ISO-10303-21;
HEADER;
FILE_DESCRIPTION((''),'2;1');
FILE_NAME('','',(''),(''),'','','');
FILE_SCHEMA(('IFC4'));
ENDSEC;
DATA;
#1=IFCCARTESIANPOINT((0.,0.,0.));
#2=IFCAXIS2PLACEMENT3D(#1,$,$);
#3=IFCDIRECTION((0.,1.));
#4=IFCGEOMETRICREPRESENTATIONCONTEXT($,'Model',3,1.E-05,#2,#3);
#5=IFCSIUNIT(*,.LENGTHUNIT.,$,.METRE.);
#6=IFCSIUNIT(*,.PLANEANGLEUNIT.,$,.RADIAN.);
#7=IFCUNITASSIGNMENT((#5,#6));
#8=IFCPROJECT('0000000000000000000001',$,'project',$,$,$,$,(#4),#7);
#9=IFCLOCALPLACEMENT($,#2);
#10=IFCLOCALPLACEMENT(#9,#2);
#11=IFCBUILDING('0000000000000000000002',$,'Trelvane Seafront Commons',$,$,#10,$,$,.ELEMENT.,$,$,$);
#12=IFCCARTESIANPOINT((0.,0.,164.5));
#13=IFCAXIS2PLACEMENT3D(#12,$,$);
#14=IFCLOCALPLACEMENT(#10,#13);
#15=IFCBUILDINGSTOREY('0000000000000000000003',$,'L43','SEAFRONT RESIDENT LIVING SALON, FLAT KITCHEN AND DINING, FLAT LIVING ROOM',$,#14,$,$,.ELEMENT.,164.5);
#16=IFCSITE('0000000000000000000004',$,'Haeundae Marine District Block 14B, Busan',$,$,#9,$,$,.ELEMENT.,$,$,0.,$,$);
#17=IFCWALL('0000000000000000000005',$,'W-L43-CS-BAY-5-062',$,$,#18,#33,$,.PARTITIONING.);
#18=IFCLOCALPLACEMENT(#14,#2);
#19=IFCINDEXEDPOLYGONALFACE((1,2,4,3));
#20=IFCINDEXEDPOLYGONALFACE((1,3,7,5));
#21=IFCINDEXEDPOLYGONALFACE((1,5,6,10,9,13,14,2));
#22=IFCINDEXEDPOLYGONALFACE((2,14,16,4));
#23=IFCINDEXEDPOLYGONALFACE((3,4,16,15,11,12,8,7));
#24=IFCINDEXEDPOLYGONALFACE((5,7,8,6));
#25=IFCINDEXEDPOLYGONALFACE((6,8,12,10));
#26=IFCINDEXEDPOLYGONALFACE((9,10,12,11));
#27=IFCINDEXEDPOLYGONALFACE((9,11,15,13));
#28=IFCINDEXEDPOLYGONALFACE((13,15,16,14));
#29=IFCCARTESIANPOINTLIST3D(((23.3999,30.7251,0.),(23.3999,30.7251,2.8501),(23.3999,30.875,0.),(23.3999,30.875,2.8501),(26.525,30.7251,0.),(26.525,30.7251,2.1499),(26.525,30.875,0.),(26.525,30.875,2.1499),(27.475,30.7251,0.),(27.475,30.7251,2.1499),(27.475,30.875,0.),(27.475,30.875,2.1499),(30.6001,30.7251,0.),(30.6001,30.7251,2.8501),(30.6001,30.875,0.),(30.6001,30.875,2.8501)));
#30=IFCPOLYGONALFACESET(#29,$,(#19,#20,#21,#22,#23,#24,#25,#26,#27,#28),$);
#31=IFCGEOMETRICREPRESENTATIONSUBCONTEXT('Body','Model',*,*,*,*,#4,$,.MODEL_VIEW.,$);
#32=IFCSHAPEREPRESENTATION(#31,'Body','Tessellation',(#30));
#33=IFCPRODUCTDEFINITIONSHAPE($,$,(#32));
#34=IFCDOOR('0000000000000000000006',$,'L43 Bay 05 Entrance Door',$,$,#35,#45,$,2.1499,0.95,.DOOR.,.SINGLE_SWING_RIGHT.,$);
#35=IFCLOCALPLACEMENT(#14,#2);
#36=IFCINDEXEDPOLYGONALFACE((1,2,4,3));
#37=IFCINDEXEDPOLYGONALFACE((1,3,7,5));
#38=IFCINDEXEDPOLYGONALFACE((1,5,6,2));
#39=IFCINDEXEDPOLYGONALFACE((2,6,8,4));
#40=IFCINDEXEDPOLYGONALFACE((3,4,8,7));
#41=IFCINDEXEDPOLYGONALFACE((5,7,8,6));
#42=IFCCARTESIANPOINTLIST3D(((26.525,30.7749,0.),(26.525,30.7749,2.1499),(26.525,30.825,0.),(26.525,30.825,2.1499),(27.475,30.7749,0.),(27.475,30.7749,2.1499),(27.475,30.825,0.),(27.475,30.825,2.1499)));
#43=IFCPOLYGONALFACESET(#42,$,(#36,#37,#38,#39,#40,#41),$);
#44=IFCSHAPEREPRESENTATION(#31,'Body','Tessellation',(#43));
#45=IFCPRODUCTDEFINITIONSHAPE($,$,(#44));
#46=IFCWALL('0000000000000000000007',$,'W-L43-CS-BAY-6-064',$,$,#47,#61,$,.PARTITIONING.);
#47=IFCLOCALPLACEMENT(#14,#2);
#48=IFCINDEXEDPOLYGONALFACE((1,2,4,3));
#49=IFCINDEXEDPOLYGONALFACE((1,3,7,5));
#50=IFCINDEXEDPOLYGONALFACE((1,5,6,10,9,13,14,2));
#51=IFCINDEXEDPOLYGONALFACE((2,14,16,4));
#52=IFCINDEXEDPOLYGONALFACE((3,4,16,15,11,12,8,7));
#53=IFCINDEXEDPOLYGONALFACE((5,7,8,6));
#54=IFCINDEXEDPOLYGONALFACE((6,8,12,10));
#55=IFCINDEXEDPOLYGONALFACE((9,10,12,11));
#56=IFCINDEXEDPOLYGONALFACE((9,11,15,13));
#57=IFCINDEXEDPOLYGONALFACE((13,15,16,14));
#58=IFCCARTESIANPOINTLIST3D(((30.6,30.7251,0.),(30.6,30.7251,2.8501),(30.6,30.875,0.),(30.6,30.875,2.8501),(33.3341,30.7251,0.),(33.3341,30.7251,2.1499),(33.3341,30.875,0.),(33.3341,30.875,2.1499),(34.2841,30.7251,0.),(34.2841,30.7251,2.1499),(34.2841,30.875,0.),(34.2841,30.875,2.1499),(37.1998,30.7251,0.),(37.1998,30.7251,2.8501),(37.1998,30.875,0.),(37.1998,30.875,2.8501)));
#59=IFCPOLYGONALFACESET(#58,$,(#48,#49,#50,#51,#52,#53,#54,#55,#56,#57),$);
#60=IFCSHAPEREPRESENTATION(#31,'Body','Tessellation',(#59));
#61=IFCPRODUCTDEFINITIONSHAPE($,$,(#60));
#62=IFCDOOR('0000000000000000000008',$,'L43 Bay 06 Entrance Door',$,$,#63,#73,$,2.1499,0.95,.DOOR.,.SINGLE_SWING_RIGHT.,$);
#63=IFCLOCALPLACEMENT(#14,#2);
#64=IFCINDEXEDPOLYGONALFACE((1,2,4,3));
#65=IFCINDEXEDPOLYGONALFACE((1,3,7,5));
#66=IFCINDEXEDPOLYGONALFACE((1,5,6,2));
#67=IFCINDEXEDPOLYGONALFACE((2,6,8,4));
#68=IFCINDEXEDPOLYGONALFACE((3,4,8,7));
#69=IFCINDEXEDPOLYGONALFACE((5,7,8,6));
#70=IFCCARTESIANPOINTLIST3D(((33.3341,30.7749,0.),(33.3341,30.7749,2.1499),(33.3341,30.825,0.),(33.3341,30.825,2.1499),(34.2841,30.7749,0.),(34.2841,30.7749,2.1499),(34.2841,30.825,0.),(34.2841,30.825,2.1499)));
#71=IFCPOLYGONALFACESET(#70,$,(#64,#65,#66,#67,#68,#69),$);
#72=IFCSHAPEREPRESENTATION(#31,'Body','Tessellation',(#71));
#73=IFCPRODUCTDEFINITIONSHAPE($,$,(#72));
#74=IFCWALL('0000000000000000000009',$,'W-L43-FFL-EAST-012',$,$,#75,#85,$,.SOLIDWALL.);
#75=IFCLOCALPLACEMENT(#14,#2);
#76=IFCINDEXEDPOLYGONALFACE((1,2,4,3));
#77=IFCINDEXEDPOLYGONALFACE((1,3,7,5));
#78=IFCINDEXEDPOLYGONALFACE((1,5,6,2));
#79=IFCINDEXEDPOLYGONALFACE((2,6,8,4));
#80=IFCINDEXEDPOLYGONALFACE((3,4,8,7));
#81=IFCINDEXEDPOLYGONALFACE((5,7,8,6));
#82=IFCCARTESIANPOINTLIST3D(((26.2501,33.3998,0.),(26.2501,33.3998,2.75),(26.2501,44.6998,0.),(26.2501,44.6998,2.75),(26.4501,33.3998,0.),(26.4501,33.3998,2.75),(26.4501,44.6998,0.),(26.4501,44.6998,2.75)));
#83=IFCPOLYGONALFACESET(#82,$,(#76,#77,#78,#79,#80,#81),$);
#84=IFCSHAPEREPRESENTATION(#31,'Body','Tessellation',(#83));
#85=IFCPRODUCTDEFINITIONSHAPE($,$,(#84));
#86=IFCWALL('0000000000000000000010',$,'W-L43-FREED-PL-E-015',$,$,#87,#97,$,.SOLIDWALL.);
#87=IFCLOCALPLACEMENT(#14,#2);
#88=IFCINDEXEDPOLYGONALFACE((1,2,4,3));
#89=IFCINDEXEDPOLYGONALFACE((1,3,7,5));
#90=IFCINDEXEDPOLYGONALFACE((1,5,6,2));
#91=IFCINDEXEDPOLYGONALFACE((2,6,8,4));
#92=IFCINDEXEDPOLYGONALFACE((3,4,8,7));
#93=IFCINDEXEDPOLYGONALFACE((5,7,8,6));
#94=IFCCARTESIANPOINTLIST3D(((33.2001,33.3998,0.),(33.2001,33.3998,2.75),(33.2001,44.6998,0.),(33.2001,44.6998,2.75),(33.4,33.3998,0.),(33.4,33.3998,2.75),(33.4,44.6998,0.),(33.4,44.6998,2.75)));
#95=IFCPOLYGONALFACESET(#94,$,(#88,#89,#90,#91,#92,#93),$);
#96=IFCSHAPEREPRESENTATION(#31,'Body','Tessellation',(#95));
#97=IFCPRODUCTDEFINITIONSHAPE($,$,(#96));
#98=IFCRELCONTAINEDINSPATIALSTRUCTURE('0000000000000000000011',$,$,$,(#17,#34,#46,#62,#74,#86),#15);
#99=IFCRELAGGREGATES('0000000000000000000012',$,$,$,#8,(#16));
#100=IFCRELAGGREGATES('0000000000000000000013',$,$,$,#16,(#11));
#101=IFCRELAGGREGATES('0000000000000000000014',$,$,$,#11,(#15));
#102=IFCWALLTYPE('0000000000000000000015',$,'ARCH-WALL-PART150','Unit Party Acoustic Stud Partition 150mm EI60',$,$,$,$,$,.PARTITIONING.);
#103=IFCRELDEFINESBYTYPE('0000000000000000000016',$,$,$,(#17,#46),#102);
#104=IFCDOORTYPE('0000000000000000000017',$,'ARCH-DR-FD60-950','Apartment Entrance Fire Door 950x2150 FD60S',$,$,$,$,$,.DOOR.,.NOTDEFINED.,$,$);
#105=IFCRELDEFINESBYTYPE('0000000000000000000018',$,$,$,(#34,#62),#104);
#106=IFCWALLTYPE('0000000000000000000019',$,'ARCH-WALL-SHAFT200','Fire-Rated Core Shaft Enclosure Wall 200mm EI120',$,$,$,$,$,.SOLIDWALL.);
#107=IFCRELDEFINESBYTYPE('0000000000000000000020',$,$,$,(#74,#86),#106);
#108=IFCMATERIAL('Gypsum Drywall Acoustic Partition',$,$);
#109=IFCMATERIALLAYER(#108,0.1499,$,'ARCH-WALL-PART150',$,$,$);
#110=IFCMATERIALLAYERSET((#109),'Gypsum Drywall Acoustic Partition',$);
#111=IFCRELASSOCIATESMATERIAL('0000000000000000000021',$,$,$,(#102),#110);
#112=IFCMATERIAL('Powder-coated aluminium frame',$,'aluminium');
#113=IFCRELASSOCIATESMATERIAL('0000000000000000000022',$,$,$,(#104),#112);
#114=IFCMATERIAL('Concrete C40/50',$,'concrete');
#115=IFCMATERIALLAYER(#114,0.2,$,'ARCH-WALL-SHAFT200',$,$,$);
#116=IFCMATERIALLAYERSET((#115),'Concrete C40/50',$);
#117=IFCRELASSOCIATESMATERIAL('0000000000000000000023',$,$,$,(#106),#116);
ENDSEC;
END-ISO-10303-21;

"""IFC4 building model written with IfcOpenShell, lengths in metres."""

from ifc_helpers import new_model, si_unit, direction, frame, frame_2d, origin, place, context, subcontext, project, spatial, rectangle, extrude, source, transform, mapped, material, layer, layer_set, type_object, element, fill, save


model = new_model("IFC4")

# Units and contexts
model_context = context("Model", 3, precision=1e-05, world=origin(), true_north=direction((0.0, 1.0)))
body_context = subcontext(model_context, "Body", "Model", "MODEL_VIEW")
ifc_project = project(units=[si_unit("LENGTHUNIT", "METRE"), si_unit("PLANEANGLEUNIT", "RADIAN")], contexts=[model_context])

# Site, building, storey
site_placement = place(None, origin())
site = spatial("IfcSite", under=ifc_project, at=site_placement, Name="Haeundae Marine District Block 14B, Busan", CompositionType="ELEMENT", RefElevation=0.0)
building_placement = place(site_placement, origin())
building = spatial("IfcBuilding", under=site, at=building_placement, Name="Trelvane Seafront Commons", CompositionType="ELEMENT")
storey_placement = place(building_placement, frame((0.0, 0.0, 164.5)))
storey = spatial("IfcBuildingStorey", under=building, at=storey_placement, Name="L43", Description="SEAFRONT RESIDENT LIVING SALON, FLAT KITCHEN AND DINING, FLAT LIVING ROOM", CompositionType="ELEMENT", Elevation=164.5)

# Walls, openings, doors
ifc_material_1 = material(Name="Concrete C40/50", Category="concrete")
ifc_material_2 = material(Name="Powder-coated aluminium frame", Category="aluminium")
shared_shape_1 = source(origin(), body_context, "Body", "SweptSolid", [
    extrude(rectangle(XDim=0.95, YDim=2.1499, at=frame_2d((0.4751, 1.075))), frame((0.0, 0.0249, 0.0), z_axis=(0.0, -1.0, 0.0), x_axis=(1.0, 0.0, 0.0)), (0.0, 0.0, 1.0), 0.05),
])
ifc_material_3 = material(Name="Gypsum Drywall Acoustic Partition")
ifc_layer_1 = layer(ifc_material_3, 0.1499, Name="ARCH-WALL-PART150")
ifc_layer_set_1 = layer_set([ifc_layer_1], Name="Gypsum Drywall Acoustic Partition")
wall_type_1 = type_object("IfcWallType", Name="ARCH-WALL-PART150", Description="Unit Party Acoustic Stud Partition 150mm EI60", PredefinedType="PARTITIONING", material=ifc_layer_set_1)
door_type_1 = type_object("IfcDoorType", Name="ARCH-DR-FD60-950", Description="Apartment Entrance Fire Door 950x2150 FD60S", OperationType="NOTDEFINED", PredefinedType="DOOR", material=ifc_material_2)
wall_1_placement = place(storey_placement, frame((23.3999, 30.8, 0.0), z_axis=(0.0, 0.0, 1.0), x_axis=(1.0, 0.0, 0.0)))
wall_1 = element("IfcWall", 1, at=wall_1_placement, inside=storey, type_object=wall_type_1, Name="W-L43-CS-BAY-5-062", PredefinedType="PARTITIONING", context=body_context, shape_type="SweptSolid", body=[
    extrude(rectangle(XDim=7.2002, YDim=0.1499, at=frame_2d((3.6001, 0.0))), origin(), (0.0, 0.0, 1.0), 2.8501),
])
opening_1_placement = place(wall_1_placement, frame((3.125, 0.0, 0.0)))
opening_1 = element("IfcOpeningElement", 2, at=opening_1_placement, cuts=wall_1, PredefinedType="OPENING", context=body_context, shape_type="SweptSolid", body=[
    extrude(rectangle(XDim=0.95, YDim=2.1499, at=frame_2d((0.4751, 1.075))), frame((0.0, 0.085, 0.0), z_axis=(0.0, -1.0, 0.0), x_axis=(1.0, 0.0, 0.0)), (0.0, 0.0, 1.0), 0.1699),
])
door_1_placement = place(opening_1_placement, origin())
door_1 = element("IfcDoor", 3, at=door_1_placement, inside=storey, type_object=door_type_1, Name="L43 Bay 05 Entrance Door", OperationType="SINGLE_SWING_RIGHT", OverallHeight=2.1499, OverallWidth=0.95, PredefinedType="DOOR", context=body_context, shape_type="MappedRepresentation", body=[
    mapped(shared_shape_1, transform((0.0, 0.0, 0.0), x_axis=(1.0, 0.0, 0.0), y_axis=(0.0, 1.0, 0.0), z_axis=(0.0, 0.0, 1.0), scale=1.0)),
])
fill(opening_1, door_1)
wall_2_placement = place(storey_placement, frame((30.6001, 30.8, 0.0), z_axis=(0.0, 0.0, 1.0), x_axis=(1.0, 0.0, 0.0)))
wall_2 = element("IfcWall", 4, at=wall_2_placement, inside=storey, type_object=wall_type_1, Name="W-L43-CS-BAY-6-064", PredefinedType="PARTITIONING", context=body_context, shape_type="SweptSolid", body=[
    extrude(rectangle(XDim=6.5999, YDim=0.1499, at=frame_2d((3.2998, 0.0))), origin(), (0.0, 0.0, 1.0), 2.8501),
])
opening_2_placement = place(wall_2_placement, frame((2.7339, 0.0, 0.0)))
opening_2 = element("IfcOpeningElement", 5, at=opening_2_placement, cuts=wall_2, PredefinedType="OPENING", context=body_context, shape_type="SweptSolid", body=[
    extrude(rectangle(XDim=0.95, YDim=2.1499, at=frame_2d((0.4751, 1.075))), frame((0.0, 0.085, 0.0), z_axis=(0.0, -1.0, 0.0), x_axis=(1.0, 0.0, 0.0)), (0.0, 0.0, 1.0), 0.1699),
])
door_2_placement = place(opening_2_placement, origin())
door_2 = element("IfcDoor", 6, at=door_2_placement, inside=storey, type_object=door_type_1, Name="L43 Bay 06 Entrance Door", OperationType="SINGLE_SWING_RIGHT", OverallHeight=2.1499, OverallWidth=0.95, PredefinedType="DOOR", context=body_context, shape_type="MappedRepresentation", body=[
    mapped(shared_shape_1, transform((0.0, 0.0, 0.0), x_axis=(1.0, 0.0, 0.0), y_axis=(0.0, 1.0, 0.0), z_axis=(0.0, 0.0, 1.0), scale=1.0)),
])
fill(opening_2, door_2)

# Walls
ifc_layer_2 = layer(ifc_material_1, 0.2, Name="ARCH-WALL-SHAFT200")
ifc_layer_set_2 = layer_set([ifc_layer_2], Name="Concrete C40/50")
wall_type_2 = type_object("IfcWallType", Name="ARCH-WALL-SHAFT200", Description="Fire-Rated Core Shaft Enclosure Wall 200mm EI120", PredefinedType="SOLIDWALL", material=ifc_layer_set_2)
for number, where, z_axis, x_axis, name in (
    (7, (26.3501, 33.3999, 0.0), (0.0, 0.0, 1.0), (0.0, 1.0, 0.0), "W-L43-FFL-EAST-012"),
    (8, (33.3, 33.3999, 0.0), (0.0, 0.0, 1.0), (0.0, 1.0, 0.0), "W-L43-FREED-PL-E-015"),
):
    element("IfcWall", number, at=place(storey_placement, frame(where, z_axis=z_axis, x_axis=x_axis)), inside=storey, type_object=wall_type_2, Name=name, PredefinedType="SOLIDWALL", context=body_context, shape_type="SweptSolid", body=[
        extrude(rectangle(XDim=11.3, YDim=0.2, at=frame_2d((5.6499, 0.0))), origin(), (0.0, 0.0, 1.0), 2.75),
    ])

save(model, "model.ifc")
